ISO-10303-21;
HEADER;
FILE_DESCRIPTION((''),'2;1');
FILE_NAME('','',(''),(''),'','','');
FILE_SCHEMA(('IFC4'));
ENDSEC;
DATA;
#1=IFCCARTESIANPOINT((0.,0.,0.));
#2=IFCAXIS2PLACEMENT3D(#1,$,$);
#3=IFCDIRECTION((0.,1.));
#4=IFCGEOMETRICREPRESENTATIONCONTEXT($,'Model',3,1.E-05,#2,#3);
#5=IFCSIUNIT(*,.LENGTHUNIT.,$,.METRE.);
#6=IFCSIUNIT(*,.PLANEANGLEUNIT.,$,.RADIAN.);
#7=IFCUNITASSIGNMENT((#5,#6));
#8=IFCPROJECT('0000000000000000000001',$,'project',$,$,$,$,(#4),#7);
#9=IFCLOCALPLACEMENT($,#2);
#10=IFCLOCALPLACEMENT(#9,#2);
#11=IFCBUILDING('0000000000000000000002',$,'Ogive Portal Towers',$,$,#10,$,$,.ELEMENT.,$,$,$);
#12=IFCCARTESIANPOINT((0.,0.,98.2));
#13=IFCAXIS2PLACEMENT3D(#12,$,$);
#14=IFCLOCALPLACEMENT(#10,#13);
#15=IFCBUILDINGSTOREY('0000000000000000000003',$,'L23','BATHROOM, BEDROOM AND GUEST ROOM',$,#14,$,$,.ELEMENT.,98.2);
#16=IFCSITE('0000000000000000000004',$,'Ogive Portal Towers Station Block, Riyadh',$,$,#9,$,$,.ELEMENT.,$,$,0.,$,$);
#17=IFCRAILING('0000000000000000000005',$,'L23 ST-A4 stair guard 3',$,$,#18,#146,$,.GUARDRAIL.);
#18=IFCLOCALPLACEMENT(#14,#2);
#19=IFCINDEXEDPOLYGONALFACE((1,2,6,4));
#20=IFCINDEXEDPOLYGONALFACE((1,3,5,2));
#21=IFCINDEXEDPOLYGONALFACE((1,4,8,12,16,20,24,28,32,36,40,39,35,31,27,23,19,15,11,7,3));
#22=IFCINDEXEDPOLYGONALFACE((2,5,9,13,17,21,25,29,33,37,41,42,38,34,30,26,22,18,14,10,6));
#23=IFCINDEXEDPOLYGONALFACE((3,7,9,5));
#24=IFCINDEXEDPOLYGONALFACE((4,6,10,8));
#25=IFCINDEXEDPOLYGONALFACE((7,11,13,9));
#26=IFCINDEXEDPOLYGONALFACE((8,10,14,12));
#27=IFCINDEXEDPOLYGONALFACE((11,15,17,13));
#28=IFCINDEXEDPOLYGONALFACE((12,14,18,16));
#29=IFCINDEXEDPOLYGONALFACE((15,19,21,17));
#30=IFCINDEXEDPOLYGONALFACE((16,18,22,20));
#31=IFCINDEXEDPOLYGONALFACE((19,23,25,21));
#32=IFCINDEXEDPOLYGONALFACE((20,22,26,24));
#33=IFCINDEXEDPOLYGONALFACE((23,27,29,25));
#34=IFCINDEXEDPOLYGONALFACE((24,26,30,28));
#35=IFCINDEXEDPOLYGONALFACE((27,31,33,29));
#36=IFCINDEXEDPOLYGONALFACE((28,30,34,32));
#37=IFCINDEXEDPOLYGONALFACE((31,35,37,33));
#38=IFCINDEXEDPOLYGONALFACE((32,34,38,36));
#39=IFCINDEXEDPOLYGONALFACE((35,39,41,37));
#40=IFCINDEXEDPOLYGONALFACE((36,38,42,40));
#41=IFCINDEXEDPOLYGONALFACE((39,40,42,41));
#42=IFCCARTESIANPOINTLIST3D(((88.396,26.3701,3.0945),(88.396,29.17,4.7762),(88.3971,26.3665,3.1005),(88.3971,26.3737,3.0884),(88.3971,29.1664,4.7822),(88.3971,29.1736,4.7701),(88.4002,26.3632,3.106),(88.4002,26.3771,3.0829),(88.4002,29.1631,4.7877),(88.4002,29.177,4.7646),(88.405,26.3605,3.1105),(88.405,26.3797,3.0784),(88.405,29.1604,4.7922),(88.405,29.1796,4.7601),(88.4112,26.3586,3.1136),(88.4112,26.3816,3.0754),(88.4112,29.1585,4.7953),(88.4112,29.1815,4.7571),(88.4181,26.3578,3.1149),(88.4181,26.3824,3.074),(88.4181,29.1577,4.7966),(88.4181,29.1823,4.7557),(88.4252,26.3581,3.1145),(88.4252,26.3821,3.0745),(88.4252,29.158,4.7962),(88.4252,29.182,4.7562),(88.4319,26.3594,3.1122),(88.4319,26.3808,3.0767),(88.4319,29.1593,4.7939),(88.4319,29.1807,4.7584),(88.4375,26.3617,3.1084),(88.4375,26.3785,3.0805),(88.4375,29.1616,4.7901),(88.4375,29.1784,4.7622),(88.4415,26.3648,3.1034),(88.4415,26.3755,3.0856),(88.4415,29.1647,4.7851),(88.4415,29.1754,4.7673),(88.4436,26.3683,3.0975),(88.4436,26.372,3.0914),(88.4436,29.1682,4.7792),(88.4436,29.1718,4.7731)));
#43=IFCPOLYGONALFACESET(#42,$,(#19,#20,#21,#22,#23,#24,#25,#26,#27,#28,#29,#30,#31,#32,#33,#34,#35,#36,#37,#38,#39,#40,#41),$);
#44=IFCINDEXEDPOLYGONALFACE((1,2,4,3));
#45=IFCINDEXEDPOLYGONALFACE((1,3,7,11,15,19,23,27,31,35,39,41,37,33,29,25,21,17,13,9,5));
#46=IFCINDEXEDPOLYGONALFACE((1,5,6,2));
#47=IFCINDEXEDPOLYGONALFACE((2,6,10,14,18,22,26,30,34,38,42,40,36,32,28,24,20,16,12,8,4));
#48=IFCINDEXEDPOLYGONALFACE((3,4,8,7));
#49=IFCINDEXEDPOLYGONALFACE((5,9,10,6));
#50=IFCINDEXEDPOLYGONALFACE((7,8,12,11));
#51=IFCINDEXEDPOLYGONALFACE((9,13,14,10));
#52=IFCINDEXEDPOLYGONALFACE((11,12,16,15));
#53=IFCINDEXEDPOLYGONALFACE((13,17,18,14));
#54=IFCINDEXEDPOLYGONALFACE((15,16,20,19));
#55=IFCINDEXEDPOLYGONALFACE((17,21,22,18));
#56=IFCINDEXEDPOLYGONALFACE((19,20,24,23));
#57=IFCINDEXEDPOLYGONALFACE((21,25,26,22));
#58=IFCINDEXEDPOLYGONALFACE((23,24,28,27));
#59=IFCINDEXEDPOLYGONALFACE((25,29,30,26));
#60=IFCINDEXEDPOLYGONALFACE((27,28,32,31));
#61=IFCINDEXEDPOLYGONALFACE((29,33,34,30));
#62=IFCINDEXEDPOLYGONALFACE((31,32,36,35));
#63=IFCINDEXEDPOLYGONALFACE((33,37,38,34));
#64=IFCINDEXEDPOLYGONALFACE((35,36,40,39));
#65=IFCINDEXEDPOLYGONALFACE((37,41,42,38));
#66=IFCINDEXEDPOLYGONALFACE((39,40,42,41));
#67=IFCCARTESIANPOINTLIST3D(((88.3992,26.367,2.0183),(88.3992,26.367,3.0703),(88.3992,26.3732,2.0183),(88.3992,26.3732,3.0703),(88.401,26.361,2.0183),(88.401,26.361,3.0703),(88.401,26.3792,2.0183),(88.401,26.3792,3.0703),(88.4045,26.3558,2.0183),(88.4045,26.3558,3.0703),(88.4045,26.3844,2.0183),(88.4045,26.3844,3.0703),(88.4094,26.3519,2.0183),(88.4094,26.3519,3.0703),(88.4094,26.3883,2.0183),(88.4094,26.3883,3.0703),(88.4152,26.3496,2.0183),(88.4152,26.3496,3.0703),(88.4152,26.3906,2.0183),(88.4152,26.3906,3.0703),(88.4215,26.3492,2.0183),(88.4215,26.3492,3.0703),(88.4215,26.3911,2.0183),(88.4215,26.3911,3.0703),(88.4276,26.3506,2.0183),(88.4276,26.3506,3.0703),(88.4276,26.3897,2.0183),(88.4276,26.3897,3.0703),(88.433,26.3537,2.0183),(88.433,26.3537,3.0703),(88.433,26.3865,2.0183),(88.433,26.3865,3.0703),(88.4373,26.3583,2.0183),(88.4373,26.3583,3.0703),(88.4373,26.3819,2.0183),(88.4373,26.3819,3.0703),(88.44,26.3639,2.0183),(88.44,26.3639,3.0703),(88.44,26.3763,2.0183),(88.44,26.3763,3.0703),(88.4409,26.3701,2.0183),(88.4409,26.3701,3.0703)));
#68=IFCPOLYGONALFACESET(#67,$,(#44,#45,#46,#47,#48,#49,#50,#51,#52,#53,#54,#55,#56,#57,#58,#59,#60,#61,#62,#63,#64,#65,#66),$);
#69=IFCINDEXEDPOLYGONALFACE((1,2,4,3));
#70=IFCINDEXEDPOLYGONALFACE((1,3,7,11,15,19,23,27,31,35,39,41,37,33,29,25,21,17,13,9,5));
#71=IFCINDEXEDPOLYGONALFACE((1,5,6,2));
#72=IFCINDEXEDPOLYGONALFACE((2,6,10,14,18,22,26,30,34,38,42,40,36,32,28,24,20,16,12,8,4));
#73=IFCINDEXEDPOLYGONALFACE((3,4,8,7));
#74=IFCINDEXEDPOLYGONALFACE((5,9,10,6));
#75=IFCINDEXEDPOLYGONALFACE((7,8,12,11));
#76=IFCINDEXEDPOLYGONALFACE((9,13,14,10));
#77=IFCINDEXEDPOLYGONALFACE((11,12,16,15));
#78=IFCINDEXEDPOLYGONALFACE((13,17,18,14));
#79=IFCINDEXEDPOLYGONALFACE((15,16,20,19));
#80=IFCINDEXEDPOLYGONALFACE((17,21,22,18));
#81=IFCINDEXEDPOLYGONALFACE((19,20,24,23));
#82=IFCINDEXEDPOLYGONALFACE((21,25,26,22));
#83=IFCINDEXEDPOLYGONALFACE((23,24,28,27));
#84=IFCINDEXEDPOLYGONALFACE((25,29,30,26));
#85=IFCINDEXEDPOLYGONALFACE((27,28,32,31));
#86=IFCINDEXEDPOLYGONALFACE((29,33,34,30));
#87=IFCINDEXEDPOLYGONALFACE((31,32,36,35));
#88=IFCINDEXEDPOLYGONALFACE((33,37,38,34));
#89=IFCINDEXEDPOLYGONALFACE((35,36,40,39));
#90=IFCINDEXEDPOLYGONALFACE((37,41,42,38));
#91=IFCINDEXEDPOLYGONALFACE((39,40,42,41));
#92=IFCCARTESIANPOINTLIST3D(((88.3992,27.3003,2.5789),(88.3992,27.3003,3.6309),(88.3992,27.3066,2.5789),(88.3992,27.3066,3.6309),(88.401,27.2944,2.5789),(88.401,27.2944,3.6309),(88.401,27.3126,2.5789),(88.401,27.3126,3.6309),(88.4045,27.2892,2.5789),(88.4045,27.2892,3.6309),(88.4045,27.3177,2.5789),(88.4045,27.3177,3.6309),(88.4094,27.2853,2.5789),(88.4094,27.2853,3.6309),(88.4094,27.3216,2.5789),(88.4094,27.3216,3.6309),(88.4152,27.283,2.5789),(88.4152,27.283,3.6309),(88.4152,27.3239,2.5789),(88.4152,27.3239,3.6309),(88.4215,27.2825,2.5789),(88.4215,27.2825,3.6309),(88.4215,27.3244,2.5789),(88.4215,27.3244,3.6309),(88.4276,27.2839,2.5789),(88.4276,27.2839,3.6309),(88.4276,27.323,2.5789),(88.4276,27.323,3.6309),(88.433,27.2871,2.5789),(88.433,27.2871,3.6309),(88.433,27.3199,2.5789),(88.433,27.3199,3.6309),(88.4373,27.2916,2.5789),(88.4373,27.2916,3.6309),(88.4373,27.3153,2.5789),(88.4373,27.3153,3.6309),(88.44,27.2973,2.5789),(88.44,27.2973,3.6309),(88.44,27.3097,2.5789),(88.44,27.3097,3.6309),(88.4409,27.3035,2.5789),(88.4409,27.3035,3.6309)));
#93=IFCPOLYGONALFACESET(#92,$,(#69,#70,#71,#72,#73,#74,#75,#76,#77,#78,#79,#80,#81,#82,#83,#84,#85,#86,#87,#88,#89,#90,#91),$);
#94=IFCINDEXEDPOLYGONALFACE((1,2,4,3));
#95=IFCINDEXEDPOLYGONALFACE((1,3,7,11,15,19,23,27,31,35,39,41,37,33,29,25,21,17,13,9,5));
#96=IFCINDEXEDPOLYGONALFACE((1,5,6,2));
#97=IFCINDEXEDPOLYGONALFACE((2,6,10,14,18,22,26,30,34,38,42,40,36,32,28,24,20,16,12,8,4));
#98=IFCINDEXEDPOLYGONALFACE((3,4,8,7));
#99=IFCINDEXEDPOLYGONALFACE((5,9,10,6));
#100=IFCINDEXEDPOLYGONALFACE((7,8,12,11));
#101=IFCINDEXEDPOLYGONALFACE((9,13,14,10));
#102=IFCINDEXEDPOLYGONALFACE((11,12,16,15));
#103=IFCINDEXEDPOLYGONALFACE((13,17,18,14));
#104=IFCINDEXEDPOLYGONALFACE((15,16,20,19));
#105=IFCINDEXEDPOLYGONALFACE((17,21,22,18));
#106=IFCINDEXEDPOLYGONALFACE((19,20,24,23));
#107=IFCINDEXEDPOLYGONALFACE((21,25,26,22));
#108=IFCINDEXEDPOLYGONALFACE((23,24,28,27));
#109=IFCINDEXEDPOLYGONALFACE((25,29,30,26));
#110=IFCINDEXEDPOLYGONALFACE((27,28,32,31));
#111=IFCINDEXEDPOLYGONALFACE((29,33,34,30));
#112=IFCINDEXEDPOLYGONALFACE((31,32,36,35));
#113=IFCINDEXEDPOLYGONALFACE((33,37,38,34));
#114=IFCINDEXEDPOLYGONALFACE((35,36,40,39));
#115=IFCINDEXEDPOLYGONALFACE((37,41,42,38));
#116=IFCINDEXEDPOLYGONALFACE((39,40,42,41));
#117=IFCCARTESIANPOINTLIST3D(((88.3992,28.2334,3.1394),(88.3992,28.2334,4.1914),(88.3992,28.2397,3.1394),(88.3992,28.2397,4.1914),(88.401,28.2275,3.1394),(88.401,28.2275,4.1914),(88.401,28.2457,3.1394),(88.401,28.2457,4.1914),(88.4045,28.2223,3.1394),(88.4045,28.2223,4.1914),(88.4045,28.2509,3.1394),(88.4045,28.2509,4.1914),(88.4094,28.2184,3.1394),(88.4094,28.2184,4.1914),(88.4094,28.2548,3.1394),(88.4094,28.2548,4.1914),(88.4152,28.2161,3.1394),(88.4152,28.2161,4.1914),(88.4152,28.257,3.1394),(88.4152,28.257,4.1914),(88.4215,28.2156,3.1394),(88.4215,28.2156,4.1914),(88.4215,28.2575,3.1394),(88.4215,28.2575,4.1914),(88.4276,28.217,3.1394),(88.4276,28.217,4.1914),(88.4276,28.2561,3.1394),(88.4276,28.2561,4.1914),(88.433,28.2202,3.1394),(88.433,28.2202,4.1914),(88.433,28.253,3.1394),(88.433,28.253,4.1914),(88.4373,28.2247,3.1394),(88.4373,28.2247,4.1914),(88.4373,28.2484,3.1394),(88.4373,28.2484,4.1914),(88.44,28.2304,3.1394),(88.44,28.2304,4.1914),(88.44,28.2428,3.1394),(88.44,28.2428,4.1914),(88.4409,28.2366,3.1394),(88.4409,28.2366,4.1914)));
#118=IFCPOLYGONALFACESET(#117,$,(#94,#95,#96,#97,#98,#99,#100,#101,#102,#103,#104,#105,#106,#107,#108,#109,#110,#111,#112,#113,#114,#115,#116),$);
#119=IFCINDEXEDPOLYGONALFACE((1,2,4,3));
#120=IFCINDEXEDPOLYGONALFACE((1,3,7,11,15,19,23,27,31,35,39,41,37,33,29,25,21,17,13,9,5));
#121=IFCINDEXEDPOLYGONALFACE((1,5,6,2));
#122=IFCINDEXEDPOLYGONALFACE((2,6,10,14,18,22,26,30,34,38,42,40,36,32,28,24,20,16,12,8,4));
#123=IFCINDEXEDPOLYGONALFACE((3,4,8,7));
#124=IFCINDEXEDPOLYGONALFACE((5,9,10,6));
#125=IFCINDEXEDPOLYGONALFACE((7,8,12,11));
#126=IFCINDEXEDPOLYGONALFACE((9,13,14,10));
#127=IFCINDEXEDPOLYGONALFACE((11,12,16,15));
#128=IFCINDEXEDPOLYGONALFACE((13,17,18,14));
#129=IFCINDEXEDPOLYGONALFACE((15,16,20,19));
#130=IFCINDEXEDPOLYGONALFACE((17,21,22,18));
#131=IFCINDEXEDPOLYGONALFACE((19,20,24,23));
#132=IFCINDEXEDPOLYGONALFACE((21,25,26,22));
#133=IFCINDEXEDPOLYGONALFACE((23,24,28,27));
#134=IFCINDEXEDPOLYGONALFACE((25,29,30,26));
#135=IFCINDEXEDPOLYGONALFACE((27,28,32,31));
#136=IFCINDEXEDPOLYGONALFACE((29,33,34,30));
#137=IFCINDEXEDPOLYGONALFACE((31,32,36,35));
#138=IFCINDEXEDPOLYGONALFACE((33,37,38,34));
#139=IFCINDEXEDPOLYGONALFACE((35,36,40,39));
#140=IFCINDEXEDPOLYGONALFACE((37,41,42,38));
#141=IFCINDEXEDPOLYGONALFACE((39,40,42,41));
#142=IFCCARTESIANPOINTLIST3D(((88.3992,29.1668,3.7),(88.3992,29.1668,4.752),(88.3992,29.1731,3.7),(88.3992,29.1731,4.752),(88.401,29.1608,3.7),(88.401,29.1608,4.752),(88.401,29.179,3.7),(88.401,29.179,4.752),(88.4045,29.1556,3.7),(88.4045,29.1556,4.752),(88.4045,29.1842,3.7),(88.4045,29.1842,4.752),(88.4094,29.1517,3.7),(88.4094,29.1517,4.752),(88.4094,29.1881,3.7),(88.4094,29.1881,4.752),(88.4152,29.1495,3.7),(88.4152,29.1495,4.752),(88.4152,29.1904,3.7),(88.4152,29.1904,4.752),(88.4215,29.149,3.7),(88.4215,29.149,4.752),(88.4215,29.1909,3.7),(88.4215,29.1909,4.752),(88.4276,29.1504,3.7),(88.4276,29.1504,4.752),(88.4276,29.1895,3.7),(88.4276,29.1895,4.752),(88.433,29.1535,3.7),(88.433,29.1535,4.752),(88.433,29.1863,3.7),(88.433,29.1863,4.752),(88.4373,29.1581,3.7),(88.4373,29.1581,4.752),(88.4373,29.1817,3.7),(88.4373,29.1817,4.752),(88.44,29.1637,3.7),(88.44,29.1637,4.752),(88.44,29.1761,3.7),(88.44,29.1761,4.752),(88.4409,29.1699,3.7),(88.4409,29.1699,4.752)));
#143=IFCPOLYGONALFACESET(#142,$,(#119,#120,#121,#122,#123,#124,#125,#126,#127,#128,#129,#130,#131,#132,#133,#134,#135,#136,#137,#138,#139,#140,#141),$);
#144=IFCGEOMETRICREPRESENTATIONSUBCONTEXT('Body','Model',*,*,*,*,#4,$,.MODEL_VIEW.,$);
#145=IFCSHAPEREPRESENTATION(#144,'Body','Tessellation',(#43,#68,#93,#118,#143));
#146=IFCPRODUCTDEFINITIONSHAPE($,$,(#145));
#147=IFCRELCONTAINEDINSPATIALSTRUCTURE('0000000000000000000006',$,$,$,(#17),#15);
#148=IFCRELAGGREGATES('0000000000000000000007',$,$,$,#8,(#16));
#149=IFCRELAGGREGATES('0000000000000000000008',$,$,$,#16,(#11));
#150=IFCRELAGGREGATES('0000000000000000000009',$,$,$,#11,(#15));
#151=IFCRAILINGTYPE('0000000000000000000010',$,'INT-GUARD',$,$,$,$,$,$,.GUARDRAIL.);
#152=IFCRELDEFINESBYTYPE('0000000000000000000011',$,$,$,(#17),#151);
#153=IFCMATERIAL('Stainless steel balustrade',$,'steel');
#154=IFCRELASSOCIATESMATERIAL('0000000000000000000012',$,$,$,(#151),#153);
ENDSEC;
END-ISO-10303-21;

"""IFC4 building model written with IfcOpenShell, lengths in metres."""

from ifc_helpers import new_model, si_unit, direction, frame, origin, origin_2d, place, context, subcontext, project, spatial, circle, extrude, material, type_object, element, save


model = new_model("IFC4")

# Units and contexts
model_context = context("Model", 3, precision=1e-05, world=origin(), true_north=direction((0.0, 1.0)))
body_context = subcontext(model_context, "Body", "Model", "MODEL_VIEW")
ifc_project = project(units=[si_unit("LENGTHUNIT", "METRE"), si_unit("PLANEANGLEUNIT", "RADIAN")], contexts=[model_context])

# Site, building, storey
site_placement = place(None, origin())
site = spatial("IfcSite", under=ifc_project, at=site_placement, Name="Ogive Portal Towers Station Block, Riyadh", CompositionType="ELEMENT", RefElevation=0.0)
building_placement = place(site_placement, origin())
building = spatial("IfcBuilding", under=site, at=building_placement, Name="Ogive Portal Towers", CompositionType="ELEMENT")
storey_placement = place(building_placement, frame((0.0, 0.0, 98.2)))
storey = spatial("IfcBuildingStorey", under=building, at=storey_placement, Name="L23", Description="BATHROOM, BEDROOM AND GUEST ROOM", CompositionType="ELEMENT", Elevation=98.2)

# Railing
ifc_material_1 = material(Name="Stainless steel balustrade", Category="steel")
railing_type_1 = type_object("IfcRailingType", Name="INT-GUARD", PredefinedType="GUARDRAIL", material=ifc_material_1)
railing_1_placement = place(storey_placement, frame((88.4199, 26.3701, 2.0183)))
element("IfcRailing", 1, at=railing_1_placement, inside=storey, type_object=railing_type_1, Name="L23 ST-A4 stair guard 3", PredefinedType="GUARDRAIL", context=body_context, shape_type="SweptSolid", body=[
    extrude(circle(Radius=0.0239, at=origin_2d()), frame((0.0, 0.0, 1.0762), z_axis=(0.0, 0.857255, 0.514891), x_axis=(-1.0, 0.0, 0.0)), (0.0, 0.0, 1.0), 3.2661),
    extrude(circle(Radius=0.021, at=origin_2d()), origin(), (0.0, 0.0, 1.0), 1.052),
    extrude(circle(Radius=0.021, at=origin_2d()), frame((0.0, 0.9333, 0.5605)), (0.0, 0.0, 1.0), 1.052),
    extrude(circle(Radius=0.021, at=origin_2d()), frame((0.0, 1.8665, 1.1211)), (0.0, 0.0, 1.0), 1.052),
    extrude(circle(Radius=0.021, at=origin_2d()), frame((0.0, 2.7998, 1.6816)), (0.0, 0.0, 1.0), 1.052),
])

save(model, "model.ifc")
